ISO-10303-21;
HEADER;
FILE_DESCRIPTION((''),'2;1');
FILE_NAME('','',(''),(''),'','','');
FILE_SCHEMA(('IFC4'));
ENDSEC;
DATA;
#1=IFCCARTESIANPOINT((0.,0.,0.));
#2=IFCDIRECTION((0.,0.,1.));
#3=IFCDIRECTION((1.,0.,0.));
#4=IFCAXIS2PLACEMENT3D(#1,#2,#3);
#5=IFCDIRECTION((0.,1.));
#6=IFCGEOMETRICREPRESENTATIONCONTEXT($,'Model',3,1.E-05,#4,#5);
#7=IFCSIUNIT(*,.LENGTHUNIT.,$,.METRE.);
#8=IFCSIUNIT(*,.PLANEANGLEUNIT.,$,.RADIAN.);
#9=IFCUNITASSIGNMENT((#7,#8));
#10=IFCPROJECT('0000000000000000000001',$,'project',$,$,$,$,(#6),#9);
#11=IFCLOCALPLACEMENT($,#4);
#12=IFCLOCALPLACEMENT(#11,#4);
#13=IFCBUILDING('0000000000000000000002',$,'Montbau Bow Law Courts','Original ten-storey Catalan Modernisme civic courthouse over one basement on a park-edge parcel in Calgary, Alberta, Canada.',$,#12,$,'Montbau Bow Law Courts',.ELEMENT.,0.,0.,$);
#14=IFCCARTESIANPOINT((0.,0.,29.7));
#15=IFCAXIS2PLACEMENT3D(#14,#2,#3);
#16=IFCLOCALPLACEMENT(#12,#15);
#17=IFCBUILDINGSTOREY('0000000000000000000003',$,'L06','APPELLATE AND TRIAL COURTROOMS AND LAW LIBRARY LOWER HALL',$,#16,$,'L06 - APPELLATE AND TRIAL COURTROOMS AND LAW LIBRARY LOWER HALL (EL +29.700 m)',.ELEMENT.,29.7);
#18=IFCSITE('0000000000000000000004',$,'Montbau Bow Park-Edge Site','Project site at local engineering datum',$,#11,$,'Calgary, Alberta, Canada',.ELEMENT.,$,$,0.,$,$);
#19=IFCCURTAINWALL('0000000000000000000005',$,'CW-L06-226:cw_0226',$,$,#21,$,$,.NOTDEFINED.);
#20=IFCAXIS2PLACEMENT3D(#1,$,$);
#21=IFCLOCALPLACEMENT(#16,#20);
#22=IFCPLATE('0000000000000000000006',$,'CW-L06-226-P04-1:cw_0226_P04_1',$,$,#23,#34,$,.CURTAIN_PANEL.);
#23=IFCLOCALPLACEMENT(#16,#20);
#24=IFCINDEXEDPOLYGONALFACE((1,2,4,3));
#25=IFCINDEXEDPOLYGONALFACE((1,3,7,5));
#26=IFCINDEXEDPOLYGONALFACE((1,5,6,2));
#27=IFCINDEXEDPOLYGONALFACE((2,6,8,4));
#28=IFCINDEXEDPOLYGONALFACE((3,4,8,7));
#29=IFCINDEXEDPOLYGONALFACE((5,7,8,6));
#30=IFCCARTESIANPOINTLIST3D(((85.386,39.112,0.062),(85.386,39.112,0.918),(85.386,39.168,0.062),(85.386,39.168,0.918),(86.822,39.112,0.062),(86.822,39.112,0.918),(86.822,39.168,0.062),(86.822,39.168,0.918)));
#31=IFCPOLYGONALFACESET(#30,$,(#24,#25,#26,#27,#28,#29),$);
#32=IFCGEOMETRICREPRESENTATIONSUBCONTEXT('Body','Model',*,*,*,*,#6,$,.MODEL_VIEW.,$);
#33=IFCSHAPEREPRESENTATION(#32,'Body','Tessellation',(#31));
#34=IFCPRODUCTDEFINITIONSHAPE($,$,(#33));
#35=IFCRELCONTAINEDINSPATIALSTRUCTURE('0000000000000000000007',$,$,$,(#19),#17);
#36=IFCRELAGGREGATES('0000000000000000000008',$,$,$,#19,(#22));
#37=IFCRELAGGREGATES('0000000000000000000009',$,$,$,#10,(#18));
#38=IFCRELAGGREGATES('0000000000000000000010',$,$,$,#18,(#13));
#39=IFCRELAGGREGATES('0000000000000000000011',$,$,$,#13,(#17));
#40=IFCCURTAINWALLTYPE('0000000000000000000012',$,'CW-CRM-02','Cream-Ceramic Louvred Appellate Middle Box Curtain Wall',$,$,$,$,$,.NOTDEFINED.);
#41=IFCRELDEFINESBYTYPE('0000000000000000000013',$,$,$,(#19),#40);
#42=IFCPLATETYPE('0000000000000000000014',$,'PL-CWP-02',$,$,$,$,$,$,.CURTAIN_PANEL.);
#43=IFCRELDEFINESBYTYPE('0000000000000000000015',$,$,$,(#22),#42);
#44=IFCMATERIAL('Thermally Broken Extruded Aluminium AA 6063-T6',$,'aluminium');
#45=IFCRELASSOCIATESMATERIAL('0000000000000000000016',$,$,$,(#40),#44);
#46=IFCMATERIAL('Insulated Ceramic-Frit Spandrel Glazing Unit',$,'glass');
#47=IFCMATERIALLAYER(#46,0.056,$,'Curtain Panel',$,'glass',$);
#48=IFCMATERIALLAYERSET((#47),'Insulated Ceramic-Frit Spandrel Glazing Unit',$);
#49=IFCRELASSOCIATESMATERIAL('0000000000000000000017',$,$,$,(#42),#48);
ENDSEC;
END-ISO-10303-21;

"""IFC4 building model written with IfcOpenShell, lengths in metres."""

from ifc_helpers import new_model, si_unit, direction, frame, frame_2d, origin_with_axes, place, context, subcontext, project, spatial, rectangle, extrude, material, layer, layer_set, type_object, element, aggregate, save


model = new_model("IFC4")

# Units and contexts
model_context = context("Model", 3, precision=1e-05, world=origin_with_axes(), true_north=direction((0.0, 1.0)))
body_context = subcontext(model_context, "Body", "Model", "MODEL_VIEW")
ifc_project = project(units=[si_unit("LENGTHUNIT", "METRE"), si_unit("PLANEANGLEUNIT", "RADIAN")], contexts=[model_context])

# Site, building, storey
site_placement = place(None, origin_with_axes())
site = spatial("IfcSite", under=ifc_project, at=site_placement, Name="Montbau Bow Park-Edge Site", Description="Project site at local engineering datum", LongName="Calgary, Alberta, Canada", CompositionType="ELEMENT", RefElevation=0.0)
building_placement = place(site_placement, origin_with_axes())
building = spatial("IfcBuilding", under=site, at=building_placement, Name="Montbau Bow Law Courts", Description="Original ten-storey Catalan Modernisme civic courthouse over one basement on a park-edge parcel in Calgary, Alberta, Canada.", LongName="Montbau Bow Law Courts", CompositionType="ELEMENT", ElevationOfRefHeight=0.0, ElevationOfTerrain=0.0)
storey_placement = place(building_placement, frame((0.0, 0.0, 29.7), z_axis=(0.0, 0.0, 1.0), x_axis=(1.0, 0.0, 0.0)))
storey = spatial("IfcBuildingStorey", under=building, at=storey_placement, Name="L06", Description="APPELLATE AND TRIAL COURTROOMS AND LAW LIBRARY LOWER HALL", LongName="L06 - APPELLATE AND TRIAL COURTROOMS AND LAW LIBRARY LOWER HALL (EL +29.700 m)", CompositionType="ELEMENT", Elevation=29.7)

# Shared definitions
ifc_material_1 = material(Name="Thermally Broken Extruded Aluminium AA 6063-T6", Category="aluminium")
curtain_wall_type = type_object("IfcCurtainWallType", Name="CW-CRM-02", Description="Cream-Ceramic Louvred Appellate Middle Box Curtain Wall", PredefinedType="NOTDEFINED", material=ifc_material_1)

# Curtain wall
curtain_wall_1_placement = place(None, frame((80.84, 39.14, 29.7), z_axis=(0.0, 0.0, 1.0), x_axis=(1.0, 0.0, 0.0)))
curtain_wall_1 = element("IfcCurtainWall", 1, at=curtain_wall_1_placement, inside=storey, type_object=curtain_wall_type, Name="CW-L06-226:cw_0226", PredefinedType="NOTDEFINED")

# Plate
ifc_material_2 = material(Name="Insulated Ceramic-Frit Spandrel Glazing Unit", Category="glass")
ifc_layer_1 = layer(ifc_material_2, 0.056, Name="Curtain Panel", Category="glass")
ifc_layer_set_1 = layer_set([ifc_layer_1], Name="Insulated Ceramic-Frit Spandrel Glazing Unit")
plate_type_1 = type_object("IfcPlateType", Name="PL-CWP-02", PredefinedType="CURTAIN_PANEL", material=ifc_layer_set_1)
plate_1_placement = place(None, frame((85.386, 39.14, 29.762), z_axis=(0.0, -1.0, 0.0), x_axis=(1.0, 0.0, 0.0)))
plate_1 = element("IfcPlate", 2, at=plate_1_placement, type_object=plate_type_1, Name="CW-L06-226-P04-1:cw_0226_P04_1", PredefinedType="CURTAIN_PANEL", context=body_context, shape_type="SweptSolid", body=[
    extrude(rectangle(XDim=1.436, YDim=0.856, at=frame_2d((0.718, 0.428), x_axis=(1.0, 0.0))), frame((0.0, 0.0, -0.028), z_axis=(0.0, 0.0, 1.0), x_axis=(1.0, 0.0, 0.0)), (0.0, 0.0, 1.0), 0.056),
])
aggregate(curtain_wall_1, [plate_1])

save(model, "model.ifc")
